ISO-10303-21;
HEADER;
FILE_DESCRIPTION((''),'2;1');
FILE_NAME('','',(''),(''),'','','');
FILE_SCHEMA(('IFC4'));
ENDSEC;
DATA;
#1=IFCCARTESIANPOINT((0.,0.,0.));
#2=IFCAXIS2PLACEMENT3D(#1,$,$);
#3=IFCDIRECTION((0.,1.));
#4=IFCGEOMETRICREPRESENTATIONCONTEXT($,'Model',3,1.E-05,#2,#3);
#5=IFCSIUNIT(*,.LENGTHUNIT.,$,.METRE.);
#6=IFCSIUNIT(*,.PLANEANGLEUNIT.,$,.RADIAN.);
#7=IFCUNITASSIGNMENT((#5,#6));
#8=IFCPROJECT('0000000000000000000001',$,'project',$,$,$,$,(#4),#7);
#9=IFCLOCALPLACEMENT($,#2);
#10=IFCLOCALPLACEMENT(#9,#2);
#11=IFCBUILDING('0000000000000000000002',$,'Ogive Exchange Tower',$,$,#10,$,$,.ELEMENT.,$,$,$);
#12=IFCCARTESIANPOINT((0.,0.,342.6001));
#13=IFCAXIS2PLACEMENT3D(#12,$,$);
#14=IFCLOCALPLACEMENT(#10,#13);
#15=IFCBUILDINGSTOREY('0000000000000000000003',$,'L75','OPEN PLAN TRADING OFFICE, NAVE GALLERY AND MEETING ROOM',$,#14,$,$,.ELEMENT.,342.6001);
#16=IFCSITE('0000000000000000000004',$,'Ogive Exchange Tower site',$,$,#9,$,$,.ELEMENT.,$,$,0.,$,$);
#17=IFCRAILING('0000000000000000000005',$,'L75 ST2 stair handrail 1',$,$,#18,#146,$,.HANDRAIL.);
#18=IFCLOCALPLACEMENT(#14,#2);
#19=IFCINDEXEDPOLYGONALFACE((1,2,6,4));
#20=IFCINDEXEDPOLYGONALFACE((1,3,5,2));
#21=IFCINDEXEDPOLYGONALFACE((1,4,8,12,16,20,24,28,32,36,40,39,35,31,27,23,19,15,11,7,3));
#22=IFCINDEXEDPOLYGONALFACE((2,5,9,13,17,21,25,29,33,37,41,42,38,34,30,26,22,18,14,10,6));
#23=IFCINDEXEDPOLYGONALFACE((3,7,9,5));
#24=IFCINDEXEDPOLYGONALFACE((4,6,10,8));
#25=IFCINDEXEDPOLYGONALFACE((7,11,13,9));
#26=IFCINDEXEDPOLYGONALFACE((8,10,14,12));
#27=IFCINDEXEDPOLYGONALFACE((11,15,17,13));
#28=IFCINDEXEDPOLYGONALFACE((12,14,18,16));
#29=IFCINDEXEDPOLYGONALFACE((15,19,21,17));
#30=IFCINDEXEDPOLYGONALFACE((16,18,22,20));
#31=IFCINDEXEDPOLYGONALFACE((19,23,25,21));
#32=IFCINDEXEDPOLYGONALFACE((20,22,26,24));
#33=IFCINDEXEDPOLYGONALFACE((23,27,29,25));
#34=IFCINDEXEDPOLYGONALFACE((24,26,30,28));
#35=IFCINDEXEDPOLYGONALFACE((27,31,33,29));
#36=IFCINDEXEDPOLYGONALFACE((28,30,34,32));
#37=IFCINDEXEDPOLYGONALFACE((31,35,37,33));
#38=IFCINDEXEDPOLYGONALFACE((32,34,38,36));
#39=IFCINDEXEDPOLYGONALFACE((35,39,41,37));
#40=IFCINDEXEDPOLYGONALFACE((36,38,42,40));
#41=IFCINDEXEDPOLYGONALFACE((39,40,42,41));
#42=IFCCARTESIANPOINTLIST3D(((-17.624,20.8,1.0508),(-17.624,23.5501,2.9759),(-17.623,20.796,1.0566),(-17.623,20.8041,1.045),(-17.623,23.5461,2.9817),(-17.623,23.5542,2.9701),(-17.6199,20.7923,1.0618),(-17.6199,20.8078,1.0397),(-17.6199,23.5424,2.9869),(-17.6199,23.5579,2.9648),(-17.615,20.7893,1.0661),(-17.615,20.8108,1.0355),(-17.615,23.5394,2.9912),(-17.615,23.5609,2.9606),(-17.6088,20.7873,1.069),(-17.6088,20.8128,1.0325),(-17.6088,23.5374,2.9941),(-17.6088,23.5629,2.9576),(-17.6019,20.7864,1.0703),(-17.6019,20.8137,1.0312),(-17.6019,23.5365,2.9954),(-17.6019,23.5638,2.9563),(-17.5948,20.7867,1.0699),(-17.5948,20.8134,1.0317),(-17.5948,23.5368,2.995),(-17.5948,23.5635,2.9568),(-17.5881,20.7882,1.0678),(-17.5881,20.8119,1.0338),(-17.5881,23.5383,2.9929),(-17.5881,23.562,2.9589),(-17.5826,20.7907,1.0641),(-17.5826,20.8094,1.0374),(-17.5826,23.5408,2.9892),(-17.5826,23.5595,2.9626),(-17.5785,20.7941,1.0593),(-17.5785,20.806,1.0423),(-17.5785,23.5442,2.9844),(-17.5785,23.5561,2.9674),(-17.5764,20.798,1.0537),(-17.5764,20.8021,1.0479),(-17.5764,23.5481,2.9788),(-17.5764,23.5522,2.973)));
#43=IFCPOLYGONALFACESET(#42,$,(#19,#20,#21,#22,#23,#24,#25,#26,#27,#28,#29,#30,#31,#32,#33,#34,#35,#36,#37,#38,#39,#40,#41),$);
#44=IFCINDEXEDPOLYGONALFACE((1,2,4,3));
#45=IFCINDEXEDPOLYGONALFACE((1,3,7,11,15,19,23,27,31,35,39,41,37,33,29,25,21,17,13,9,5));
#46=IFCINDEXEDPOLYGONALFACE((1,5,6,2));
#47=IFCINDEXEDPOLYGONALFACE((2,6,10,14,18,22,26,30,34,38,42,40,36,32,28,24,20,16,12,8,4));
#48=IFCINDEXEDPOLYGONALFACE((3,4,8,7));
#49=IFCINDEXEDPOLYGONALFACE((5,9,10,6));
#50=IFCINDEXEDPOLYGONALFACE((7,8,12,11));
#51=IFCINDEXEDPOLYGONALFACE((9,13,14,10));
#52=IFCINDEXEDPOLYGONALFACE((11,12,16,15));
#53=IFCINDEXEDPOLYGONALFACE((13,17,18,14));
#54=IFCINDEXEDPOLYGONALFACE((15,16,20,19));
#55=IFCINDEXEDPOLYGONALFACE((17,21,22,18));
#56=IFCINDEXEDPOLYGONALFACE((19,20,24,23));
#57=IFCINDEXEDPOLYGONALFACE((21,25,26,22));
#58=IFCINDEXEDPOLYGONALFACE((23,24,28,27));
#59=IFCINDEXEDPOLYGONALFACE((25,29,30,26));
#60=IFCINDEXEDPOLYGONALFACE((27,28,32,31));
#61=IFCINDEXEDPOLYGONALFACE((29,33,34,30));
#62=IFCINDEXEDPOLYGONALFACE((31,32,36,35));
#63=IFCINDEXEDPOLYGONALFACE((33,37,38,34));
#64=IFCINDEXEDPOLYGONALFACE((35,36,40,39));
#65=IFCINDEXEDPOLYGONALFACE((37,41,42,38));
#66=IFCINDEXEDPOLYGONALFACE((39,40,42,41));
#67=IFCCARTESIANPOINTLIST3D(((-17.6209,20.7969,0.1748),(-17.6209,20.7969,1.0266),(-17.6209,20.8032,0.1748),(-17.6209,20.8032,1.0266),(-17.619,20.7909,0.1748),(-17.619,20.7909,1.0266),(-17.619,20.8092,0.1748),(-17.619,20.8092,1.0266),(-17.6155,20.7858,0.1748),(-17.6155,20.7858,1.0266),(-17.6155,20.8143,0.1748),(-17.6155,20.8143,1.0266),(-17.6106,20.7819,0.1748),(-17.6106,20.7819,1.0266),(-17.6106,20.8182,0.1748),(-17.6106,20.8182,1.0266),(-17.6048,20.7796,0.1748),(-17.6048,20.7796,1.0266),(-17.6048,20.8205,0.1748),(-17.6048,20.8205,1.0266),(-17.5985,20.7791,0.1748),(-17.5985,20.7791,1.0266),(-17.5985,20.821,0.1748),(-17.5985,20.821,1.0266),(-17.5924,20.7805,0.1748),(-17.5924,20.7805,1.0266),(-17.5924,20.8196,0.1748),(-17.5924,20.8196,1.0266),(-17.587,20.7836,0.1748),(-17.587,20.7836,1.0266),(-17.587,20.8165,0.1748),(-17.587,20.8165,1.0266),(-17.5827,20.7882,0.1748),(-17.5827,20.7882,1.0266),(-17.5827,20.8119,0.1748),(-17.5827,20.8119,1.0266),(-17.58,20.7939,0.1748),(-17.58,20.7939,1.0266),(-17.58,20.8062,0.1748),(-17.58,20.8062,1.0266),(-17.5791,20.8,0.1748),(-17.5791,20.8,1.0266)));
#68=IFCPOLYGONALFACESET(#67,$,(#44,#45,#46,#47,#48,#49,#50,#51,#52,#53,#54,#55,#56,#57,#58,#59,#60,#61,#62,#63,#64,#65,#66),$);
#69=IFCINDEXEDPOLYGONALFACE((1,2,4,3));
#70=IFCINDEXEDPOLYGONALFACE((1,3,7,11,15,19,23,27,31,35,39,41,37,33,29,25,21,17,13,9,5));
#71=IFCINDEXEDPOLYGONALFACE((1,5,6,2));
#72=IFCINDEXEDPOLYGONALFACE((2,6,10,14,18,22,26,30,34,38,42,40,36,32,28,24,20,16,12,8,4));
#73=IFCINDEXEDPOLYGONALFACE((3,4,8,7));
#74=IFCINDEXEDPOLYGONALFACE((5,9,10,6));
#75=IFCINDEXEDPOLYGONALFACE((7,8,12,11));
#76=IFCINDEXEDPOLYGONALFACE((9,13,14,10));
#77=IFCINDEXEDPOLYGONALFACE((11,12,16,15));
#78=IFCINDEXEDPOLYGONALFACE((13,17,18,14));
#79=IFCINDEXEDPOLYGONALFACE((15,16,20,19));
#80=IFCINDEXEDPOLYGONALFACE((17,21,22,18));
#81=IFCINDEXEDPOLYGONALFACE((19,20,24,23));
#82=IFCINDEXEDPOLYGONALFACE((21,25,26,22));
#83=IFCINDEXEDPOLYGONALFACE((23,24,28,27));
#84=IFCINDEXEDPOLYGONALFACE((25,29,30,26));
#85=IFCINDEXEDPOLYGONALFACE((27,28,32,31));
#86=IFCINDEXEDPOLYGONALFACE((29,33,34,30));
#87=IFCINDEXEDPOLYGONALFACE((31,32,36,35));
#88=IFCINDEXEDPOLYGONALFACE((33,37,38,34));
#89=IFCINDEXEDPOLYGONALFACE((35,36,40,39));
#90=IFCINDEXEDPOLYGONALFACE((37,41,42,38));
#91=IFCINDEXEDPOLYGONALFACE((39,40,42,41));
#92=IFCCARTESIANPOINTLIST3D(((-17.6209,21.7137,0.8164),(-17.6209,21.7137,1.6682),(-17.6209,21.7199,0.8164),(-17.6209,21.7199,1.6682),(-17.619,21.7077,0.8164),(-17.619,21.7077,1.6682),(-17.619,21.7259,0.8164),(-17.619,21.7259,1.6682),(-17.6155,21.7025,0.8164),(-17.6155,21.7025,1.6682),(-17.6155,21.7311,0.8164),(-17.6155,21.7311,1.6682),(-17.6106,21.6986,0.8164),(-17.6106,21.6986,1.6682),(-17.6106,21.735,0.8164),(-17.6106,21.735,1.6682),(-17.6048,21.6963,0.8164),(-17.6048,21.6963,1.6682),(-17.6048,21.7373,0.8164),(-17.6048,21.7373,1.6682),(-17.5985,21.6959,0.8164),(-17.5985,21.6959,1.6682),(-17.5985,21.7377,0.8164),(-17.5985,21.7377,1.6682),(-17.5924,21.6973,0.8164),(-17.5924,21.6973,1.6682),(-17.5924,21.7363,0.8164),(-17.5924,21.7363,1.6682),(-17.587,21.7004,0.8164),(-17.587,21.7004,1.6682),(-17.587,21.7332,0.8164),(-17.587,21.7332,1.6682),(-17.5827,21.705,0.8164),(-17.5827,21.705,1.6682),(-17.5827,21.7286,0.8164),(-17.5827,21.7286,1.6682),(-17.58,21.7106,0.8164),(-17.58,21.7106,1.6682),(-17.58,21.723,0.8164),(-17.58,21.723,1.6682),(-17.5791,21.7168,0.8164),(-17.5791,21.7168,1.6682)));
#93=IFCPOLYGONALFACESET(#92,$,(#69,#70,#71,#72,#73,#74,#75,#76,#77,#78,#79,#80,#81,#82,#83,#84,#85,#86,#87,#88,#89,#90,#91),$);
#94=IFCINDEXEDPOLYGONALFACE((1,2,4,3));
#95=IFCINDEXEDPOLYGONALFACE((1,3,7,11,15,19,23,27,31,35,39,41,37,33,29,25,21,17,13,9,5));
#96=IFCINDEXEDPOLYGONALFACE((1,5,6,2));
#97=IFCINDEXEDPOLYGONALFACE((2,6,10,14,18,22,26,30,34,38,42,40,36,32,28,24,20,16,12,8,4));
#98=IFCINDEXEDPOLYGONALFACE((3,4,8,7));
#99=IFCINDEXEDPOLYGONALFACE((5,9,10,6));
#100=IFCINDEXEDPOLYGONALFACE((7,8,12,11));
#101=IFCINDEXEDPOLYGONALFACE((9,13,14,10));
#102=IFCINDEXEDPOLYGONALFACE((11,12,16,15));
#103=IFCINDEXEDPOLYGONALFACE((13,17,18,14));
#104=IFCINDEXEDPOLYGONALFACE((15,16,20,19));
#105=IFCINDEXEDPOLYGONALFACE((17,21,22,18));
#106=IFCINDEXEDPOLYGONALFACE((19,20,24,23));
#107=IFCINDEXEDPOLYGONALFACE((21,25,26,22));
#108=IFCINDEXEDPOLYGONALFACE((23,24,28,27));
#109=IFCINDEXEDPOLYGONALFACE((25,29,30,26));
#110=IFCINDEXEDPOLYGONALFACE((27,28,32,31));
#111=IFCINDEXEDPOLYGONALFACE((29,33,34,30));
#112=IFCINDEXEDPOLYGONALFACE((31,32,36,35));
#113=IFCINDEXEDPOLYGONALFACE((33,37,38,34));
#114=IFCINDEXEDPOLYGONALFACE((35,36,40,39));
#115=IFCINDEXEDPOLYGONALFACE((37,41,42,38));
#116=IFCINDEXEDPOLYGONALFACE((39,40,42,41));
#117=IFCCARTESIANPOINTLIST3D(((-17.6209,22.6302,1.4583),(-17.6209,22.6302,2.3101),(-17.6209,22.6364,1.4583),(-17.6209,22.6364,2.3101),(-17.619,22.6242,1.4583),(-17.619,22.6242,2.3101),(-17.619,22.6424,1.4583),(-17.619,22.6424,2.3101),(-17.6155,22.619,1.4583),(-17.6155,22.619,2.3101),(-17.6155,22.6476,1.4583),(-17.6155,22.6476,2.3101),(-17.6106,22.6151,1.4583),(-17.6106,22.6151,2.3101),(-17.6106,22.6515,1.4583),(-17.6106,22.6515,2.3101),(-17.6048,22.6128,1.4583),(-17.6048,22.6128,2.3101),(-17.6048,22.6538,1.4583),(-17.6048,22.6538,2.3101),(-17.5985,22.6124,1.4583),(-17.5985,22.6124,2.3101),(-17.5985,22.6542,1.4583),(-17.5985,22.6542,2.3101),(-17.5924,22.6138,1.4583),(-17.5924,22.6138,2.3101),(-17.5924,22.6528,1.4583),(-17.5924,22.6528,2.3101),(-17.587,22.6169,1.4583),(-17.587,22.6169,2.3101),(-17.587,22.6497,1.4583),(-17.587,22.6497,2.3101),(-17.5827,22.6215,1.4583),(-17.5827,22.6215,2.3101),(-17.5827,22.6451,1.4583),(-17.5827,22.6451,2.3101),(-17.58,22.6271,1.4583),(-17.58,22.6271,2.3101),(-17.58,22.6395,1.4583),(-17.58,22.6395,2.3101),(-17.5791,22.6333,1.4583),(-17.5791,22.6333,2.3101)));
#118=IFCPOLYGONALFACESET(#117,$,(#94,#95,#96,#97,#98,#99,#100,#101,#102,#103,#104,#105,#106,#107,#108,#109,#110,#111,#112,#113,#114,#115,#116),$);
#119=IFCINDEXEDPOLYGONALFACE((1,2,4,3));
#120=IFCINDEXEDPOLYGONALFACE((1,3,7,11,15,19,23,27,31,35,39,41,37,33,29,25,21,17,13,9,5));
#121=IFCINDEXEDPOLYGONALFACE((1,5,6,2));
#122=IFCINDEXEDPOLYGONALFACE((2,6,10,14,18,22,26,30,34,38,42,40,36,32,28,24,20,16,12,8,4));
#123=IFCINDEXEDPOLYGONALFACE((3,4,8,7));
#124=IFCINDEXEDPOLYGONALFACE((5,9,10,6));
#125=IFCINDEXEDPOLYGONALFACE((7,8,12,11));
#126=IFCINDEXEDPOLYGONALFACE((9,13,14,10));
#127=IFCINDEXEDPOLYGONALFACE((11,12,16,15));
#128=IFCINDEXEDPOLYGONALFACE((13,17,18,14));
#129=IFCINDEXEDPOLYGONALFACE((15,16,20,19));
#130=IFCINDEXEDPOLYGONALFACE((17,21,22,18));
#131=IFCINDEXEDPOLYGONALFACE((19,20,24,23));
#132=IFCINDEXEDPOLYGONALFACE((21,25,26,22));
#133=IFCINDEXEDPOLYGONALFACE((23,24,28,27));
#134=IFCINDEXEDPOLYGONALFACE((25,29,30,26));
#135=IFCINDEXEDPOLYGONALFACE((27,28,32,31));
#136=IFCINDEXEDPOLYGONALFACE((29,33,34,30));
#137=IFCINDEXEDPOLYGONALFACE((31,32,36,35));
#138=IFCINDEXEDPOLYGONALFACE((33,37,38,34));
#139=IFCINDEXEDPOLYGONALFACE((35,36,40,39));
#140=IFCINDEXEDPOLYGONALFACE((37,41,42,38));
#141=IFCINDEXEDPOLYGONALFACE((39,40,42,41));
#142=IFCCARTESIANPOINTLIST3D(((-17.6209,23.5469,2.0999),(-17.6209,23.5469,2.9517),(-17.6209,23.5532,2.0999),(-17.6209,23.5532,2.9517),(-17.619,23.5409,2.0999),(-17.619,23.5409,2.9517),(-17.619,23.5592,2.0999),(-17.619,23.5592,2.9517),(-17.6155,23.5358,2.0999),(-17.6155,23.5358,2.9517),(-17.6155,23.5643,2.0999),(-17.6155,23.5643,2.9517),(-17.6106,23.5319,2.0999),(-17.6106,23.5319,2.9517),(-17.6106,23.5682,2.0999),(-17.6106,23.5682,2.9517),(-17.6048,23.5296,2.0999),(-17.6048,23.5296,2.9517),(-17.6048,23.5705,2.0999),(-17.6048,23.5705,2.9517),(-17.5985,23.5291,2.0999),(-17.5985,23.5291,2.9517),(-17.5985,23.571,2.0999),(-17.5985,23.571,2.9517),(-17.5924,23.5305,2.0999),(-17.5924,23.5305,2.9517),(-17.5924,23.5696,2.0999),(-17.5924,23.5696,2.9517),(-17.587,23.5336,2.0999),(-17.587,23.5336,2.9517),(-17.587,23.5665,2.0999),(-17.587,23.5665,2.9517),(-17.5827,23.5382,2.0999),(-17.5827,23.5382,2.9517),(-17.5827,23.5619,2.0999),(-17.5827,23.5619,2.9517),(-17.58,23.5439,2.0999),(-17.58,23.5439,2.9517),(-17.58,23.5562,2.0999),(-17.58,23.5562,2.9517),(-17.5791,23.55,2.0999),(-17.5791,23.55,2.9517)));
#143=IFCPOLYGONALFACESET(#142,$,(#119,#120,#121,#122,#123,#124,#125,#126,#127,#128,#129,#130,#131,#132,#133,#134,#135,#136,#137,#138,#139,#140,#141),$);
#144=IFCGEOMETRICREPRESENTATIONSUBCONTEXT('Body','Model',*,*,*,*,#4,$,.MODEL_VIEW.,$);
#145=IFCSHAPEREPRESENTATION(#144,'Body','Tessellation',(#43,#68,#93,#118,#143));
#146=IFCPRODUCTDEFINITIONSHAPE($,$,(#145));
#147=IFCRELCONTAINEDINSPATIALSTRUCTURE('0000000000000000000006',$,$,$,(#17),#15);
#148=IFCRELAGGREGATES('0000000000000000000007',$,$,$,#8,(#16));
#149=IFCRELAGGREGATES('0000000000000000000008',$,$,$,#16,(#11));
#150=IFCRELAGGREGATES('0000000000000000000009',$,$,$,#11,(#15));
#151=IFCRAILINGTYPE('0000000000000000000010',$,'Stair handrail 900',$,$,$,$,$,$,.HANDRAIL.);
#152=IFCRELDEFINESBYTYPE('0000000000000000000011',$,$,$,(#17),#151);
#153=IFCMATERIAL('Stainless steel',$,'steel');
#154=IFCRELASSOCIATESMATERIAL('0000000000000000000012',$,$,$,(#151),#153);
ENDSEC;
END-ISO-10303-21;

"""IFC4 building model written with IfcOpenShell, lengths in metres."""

from ifc_helpers import new_model, si_unit, direction, frame, origin, origin_2d, place, context, subcontext, project, spatial, circle, extrude, material, type_object, element, save


model = new_model("IFC4")

# Units and contexts
model_context = context("Model", 3, precision=1e-05, world=origin(), true_north=direction((0.0, 1.0)))
body_context = subcontext(model_context, "Body", "Model", "MODEL_VIEW")
ifc_project = project(units=[si_unit("LENGTHUNIT", "METRE"), si_unit("PLANEANGLEUNIT", "RADIAN")], contexts=[model_context])

# Site, building, storey
site_placement = place(None, origin())
site = spatial("IfcSite", under=ifc_project, at=site_placement, Name="Ogive Exchange Tower site", CompositionType="ELEMENT", RefElevation=0.0)
building_placement = place(site_placement, origin())
building = spatial("IfcBuilding", under=site, at=building_placement, Name="Ogive Exchange Tower", CompositionType="ELEMENT")
storey_placement = place(building_placement, frame((0.0, 0.0, 342.6001)))
storey = spatial("IfcBuildingStorey", under=building, at=storey_placement, Name="L75", Description="OPEN PLAN TRADING OFFICE, NAVE GALLERY AND MEETING ROOM", CompositionType="ELEMENT", Elevation=342.6001)

# Railing
ifc_material_1 = material(Name="Stainless steel", Category="steel")
railing_type = type_object("IfcRailingType", Name="Stair handrail 900", PredefinedType="HANDRAIL", material=ifc_material_1)
railing_placement = place(storey_placement, frame((-17.6001, 20.8, 0.1748)))
element("IfcRailing", 1, at=railing_placement, inside=storey, type_object=railing_type, Name="L75 ST2 stair handrail 1", PredefinedType="HANDRAIL", context=body_context, shape_type="SweptSolid", body=[
    extrude(circle(Radius=0.0239, at=origin_2d()), frame((0.0, 0.0, 0.876), z_axis=(0.0, 0.819225, 0.573472), x_axis=(-1.0, 0.0, 0.0)), (0.0, 0.0, 1.0), 3.3569),
    extrude(circle(Radius=0.021, at=origin_2d()), origin(), (0.0, 0.0, 1.0), 0.8518),
    extrude(circle(Radius=0.021, at=origin_2d()), frame((0.0, 0.9167, 0.6416)), (0.0, 0.0, 1.0), 0.8518),
    extrude(circle(Radius=0.021, at=origin_2d()), frame((0.0, 1.8333, 1.2834)), (0.0, 0.0, 1.0), 0.8518),
    extrude(circle(Radius=0.021, at=origin_2d()), frame((0.0, 2.75, 1.925)), (0.0, 0.0, 1.0), 0.8518),
])

save(model, "model.ifc")
